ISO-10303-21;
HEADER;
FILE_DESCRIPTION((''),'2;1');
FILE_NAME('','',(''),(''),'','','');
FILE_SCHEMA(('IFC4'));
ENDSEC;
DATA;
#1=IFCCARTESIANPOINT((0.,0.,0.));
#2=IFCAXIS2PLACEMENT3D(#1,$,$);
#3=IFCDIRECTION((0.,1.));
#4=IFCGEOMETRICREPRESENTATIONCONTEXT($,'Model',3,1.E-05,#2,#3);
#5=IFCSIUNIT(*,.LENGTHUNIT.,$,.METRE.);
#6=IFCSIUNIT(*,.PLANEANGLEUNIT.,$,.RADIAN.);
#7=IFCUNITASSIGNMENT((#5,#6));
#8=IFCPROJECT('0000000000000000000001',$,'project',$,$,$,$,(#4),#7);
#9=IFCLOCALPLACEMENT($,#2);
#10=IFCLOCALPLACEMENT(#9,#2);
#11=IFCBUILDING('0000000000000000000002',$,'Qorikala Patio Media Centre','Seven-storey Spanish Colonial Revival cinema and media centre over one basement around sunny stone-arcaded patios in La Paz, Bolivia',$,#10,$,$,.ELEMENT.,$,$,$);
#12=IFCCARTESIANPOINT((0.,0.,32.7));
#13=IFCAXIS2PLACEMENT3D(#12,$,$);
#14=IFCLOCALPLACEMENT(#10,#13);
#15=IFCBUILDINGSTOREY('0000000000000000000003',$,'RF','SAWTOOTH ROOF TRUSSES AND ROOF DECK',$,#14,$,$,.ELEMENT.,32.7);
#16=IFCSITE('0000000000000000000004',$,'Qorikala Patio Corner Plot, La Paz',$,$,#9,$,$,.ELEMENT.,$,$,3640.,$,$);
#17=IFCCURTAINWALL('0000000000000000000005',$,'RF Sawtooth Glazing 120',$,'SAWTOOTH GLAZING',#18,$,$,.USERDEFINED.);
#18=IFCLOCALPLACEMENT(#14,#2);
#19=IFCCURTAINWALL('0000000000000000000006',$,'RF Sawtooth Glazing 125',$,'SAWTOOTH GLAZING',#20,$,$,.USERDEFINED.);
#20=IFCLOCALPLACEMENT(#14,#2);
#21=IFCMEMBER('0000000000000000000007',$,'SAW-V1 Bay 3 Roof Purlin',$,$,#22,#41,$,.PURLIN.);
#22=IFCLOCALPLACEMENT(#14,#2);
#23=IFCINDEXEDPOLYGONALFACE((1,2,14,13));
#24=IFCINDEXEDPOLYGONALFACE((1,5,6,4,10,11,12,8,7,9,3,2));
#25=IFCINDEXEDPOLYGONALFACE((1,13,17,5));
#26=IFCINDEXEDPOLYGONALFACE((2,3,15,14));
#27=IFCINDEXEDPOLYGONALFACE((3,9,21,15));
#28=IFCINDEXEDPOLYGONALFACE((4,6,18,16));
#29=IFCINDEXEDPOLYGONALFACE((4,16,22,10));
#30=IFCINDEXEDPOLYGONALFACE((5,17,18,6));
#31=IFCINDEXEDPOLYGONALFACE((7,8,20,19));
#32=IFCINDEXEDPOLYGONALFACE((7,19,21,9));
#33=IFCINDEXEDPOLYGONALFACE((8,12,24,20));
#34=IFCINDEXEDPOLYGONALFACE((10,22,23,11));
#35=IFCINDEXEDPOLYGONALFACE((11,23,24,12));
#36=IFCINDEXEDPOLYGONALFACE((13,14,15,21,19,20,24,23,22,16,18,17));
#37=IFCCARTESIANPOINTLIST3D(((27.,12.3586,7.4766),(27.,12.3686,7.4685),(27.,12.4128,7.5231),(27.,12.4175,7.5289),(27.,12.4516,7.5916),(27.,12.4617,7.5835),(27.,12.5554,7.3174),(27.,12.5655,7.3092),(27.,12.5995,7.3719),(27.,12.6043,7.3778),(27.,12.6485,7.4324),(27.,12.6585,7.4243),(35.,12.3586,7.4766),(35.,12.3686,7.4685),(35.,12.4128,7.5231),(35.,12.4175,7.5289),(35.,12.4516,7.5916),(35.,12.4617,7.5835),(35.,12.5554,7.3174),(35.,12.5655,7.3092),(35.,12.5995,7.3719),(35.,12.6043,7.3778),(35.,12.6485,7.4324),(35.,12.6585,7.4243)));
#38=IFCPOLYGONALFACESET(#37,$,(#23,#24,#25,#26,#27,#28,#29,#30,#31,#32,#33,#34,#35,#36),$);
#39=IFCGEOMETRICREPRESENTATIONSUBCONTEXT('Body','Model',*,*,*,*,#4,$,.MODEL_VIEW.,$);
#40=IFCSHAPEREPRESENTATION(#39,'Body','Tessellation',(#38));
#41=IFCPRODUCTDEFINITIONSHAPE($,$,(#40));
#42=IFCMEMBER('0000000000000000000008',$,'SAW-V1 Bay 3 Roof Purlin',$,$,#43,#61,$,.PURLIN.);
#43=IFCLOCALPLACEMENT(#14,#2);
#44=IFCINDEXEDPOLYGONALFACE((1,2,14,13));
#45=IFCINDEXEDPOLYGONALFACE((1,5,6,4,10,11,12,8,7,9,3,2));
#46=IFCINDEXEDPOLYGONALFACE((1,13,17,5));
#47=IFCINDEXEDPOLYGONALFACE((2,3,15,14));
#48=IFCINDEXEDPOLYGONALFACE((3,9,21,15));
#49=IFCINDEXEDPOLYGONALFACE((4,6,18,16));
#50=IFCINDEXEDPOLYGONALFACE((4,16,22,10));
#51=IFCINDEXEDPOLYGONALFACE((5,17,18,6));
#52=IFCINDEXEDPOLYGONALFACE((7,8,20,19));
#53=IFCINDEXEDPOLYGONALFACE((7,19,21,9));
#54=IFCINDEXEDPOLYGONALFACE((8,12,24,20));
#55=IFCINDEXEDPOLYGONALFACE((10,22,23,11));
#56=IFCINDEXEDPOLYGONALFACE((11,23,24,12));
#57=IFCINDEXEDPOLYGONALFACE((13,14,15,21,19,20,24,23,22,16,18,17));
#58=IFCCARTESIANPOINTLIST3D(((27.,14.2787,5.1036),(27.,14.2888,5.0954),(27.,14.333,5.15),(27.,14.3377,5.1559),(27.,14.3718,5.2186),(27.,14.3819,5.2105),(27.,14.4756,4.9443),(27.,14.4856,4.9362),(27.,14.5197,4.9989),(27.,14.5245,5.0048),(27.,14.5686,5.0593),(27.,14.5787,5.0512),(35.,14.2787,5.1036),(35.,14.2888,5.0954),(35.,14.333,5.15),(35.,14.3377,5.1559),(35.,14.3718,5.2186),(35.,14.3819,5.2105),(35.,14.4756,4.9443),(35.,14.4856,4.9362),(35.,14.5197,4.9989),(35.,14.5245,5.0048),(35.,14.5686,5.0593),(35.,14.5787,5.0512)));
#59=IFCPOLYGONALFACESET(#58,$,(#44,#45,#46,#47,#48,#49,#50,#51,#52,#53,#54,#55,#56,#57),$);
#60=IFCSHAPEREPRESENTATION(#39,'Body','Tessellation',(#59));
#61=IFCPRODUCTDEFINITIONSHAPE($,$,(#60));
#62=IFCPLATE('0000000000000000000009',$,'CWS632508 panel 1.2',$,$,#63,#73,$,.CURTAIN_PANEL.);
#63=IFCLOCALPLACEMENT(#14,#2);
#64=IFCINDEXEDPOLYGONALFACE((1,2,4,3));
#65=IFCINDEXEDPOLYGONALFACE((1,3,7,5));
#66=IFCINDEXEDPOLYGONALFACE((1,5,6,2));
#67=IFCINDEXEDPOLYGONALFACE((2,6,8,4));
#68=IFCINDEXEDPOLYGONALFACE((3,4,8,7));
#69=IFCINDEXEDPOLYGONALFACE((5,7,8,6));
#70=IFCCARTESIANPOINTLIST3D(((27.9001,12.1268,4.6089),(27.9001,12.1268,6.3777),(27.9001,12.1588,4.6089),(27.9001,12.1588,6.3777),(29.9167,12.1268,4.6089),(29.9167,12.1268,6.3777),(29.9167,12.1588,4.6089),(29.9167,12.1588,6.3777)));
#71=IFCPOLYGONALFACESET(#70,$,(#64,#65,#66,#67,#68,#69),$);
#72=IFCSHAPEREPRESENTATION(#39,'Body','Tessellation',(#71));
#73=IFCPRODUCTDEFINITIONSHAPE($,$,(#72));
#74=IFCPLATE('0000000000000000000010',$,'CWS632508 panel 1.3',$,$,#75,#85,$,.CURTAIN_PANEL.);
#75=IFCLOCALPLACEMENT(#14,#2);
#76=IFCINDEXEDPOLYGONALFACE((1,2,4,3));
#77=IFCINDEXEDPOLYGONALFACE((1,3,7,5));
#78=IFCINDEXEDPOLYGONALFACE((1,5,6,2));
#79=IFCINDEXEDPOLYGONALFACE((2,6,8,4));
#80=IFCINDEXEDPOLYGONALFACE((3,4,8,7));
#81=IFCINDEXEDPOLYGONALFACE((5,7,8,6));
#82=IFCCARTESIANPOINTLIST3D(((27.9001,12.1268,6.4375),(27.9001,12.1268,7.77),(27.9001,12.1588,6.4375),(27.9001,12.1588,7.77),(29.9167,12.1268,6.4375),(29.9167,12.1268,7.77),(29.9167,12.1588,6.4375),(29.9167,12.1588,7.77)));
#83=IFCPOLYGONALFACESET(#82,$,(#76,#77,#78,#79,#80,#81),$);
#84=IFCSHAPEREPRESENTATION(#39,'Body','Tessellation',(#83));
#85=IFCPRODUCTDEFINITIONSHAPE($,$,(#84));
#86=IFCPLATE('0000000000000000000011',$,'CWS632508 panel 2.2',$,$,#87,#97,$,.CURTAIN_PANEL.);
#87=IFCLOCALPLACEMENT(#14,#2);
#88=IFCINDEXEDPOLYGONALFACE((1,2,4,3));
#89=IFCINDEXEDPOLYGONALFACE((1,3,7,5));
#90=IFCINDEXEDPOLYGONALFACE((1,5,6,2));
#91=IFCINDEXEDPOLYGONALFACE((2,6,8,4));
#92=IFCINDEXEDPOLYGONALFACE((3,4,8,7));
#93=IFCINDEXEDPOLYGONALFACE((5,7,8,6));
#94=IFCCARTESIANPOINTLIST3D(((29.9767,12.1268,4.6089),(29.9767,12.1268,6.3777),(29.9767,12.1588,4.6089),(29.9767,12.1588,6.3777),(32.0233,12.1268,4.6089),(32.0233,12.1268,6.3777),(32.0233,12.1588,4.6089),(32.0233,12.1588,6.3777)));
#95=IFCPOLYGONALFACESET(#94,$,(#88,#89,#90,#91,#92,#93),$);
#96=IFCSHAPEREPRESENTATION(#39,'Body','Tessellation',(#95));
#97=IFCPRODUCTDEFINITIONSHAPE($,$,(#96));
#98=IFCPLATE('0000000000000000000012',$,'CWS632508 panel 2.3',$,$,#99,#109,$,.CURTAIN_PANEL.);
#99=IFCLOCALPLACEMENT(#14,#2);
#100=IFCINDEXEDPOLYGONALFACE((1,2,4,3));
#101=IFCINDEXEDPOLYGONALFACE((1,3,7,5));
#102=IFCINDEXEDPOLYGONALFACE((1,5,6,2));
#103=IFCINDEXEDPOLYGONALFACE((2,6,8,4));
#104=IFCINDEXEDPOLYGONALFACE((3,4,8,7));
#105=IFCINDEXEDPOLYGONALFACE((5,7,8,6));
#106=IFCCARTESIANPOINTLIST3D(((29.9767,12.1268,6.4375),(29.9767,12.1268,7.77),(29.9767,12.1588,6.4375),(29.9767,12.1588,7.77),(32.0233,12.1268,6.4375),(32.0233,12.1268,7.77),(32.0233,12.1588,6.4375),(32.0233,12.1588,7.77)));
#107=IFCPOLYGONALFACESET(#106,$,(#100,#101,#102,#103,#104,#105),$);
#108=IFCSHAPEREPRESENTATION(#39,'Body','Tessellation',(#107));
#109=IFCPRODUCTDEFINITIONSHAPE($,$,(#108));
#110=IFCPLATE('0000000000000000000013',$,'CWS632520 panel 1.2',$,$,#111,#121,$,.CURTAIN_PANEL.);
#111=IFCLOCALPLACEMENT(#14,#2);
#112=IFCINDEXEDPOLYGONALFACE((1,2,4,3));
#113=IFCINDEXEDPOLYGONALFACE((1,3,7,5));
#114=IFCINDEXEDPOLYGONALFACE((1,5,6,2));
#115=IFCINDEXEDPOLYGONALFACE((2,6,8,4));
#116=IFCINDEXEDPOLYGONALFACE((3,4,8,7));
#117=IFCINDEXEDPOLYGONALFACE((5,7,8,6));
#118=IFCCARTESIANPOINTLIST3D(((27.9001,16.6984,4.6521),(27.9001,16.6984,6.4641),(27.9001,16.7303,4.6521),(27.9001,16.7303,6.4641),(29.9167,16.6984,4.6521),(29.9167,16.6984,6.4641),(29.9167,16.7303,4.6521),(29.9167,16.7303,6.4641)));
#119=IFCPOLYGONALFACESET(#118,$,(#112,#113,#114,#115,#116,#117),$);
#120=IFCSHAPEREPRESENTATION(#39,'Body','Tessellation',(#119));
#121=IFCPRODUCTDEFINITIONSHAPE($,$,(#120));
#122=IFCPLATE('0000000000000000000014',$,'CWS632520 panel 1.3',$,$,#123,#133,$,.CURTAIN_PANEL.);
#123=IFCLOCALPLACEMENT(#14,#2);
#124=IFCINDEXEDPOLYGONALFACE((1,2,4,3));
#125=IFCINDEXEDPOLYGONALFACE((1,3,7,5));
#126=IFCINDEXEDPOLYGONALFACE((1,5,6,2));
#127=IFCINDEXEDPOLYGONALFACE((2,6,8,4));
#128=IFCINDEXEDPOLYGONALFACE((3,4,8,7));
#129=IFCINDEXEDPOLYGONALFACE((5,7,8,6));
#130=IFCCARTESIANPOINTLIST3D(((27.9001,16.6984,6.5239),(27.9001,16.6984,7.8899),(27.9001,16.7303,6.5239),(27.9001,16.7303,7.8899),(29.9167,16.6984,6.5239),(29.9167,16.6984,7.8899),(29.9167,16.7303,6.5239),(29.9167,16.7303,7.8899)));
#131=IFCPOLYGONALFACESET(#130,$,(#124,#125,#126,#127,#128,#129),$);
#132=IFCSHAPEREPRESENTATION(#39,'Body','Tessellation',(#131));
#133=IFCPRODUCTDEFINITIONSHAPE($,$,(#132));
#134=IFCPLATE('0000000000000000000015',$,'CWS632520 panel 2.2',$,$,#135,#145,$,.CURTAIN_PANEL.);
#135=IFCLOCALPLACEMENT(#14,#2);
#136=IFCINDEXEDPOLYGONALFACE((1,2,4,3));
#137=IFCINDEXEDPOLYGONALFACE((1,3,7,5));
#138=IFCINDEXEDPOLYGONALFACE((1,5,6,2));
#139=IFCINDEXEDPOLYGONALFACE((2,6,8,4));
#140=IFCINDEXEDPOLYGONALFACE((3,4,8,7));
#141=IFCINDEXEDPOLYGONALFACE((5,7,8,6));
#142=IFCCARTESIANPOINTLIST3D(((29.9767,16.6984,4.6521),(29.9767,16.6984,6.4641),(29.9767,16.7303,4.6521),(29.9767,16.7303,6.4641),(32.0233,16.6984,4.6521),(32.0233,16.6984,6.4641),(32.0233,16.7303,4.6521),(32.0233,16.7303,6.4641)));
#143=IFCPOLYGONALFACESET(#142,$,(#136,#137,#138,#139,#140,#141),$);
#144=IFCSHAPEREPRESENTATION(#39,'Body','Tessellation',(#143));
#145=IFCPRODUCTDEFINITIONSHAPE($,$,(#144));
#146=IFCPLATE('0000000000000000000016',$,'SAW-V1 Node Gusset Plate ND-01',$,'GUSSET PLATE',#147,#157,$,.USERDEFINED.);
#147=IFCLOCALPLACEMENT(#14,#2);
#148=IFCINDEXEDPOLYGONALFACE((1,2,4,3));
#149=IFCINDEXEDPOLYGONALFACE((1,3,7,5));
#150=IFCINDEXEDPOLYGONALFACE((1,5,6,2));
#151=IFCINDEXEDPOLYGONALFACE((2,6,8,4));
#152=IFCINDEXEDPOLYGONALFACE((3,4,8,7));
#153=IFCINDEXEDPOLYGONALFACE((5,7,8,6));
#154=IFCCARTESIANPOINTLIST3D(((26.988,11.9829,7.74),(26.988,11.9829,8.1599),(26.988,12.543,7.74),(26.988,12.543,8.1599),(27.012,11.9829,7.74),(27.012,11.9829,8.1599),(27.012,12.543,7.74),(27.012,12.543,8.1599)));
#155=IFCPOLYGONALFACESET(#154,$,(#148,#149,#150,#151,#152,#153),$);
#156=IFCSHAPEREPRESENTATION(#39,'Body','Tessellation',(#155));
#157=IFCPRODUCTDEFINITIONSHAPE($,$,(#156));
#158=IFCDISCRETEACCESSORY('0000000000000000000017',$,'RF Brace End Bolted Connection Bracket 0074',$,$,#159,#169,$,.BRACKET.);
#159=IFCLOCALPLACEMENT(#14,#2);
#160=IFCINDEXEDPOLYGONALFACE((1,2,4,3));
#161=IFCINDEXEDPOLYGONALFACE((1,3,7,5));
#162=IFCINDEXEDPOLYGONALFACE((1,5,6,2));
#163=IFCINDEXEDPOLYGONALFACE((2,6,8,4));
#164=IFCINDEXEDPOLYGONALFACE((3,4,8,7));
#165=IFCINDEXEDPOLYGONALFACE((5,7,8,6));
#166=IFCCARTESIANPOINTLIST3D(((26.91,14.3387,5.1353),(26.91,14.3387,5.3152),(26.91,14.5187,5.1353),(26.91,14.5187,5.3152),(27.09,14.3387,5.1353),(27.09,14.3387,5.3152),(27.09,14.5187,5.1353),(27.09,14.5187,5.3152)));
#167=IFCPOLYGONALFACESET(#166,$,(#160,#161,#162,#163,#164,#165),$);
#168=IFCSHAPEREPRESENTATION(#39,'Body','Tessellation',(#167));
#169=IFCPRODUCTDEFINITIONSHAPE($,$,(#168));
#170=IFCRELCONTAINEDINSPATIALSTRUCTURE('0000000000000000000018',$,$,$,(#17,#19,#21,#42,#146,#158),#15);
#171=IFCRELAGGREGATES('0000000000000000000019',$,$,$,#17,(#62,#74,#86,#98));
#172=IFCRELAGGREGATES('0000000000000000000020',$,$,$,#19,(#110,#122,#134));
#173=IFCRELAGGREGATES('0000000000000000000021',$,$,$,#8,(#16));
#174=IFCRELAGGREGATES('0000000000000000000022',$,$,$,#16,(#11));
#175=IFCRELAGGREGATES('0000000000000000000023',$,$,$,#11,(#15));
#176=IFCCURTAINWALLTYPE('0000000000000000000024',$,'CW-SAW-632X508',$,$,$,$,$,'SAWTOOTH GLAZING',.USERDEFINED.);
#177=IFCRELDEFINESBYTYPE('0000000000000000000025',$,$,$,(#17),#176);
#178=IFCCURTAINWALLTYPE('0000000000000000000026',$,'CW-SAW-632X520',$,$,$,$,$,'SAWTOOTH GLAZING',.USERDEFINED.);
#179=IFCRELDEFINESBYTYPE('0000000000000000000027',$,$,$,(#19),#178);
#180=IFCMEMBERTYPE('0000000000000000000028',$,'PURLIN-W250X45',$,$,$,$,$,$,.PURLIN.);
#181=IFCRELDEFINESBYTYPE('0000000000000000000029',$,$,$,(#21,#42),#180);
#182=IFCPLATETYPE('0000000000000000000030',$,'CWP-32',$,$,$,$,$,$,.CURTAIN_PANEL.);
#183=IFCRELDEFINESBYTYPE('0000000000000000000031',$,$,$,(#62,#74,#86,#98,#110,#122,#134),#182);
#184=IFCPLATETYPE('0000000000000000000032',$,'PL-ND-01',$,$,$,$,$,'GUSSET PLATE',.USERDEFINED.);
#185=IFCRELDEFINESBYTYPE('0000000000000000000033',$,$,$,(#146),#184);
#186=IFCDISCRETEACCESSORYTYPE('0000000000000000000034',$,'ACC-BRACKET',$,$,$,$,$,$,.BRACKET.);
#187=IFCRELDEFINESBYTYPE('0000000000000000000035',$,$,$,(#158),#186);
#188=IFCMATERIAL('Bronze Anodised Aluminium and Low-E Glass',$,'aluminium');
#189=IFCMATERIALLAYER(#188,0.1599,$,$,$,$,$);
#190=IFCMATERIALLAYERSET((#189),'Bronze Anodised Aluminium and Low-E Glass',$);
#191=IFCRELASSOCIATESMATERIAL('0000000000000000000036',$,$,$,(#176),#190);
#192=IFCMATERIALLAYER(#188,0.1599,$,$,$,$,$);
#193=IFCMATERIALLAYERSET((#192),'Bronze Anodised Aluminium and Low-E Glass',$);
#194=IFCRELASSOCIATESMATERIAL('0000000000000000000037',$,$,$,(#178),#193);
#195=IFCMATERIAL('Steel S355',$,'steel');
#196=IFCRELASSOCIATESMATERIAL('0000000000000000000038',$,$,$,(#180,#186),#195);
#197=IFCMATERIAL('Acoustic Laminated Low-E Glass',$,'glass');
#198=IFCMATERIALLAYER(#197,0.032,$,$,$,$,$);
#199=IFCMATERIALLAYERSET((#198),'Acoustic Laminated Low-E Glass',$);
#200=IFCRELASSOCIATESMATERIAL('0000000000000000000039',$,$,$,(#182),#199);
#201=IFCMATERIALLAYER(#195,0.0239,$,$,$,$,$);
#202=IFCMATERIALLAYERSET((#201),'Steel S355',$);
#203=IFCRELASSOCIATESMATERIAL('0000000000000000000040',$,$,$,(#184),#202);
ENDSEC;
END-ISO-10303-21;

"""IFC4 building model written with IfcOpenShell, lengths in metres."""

from ifc_helpers import new_model, si_unit, direction, frame, origin, origin_2d, place, context, subcontext, project, spatial, rectangle, i_section, extrude, material, layer, layer_set, material_profile, profile_set, type_object, element, aggregate, save


model = new_model("IFC4")

# Units and contexts
model_context = context("Model", 3, precision=1e-05, world=origin(), true_north=direction((0.0, 1.0)))
body_context = subcontext(model_context, "Body", "Model", "MODEL_VIEW")
ifc_project = project(units=[si_unit("LENGTHUNIT", "METRE"), si_unit("PLANEANGLEUNIT", "RADIAN")], contexts=[model_context])

# Site, building, storey
site_placement = place(None, origin())
site = spatial("IfcSite", under=ifc_project, at=site_placement, Name="Qorikala Patio Corner Plot, La Paz", CompositionType="ELEMENT", RefElevation=3640.0)
building_placement = place(site_placement, origin())
building = spatial("IfcBuilding", under=site, at=building_placement, Name="Qorikala Patio Media Centre", Description="Seven-storey Spanish Colonial Revival cinema and media centre over one basement around sunny stone-arcaded patios in La Paz, Bolivia", CompositionType="ELEMENT")
storey_placement = place(building_placement, frame((0.0, 0.0, 32.7)))
storey = spatial("IfcBuildingStorey", under=building, at=storey_placement, Name="RF", Description="SAWTOOTH ROOF TRUSSES AND ROOF DECK", CompositionType="ELEMENT", Elevation=32.7)

# Shared definitions
ifc_material_1 = material(Name="Steel S355", Category="steel")

# Curtain walls
ifc_material_2 = material(Name="Bronze Anodised Aluminium and Low-E Glass", Category="aluminium")
ifc_layer_1 = layer(ifc_material_2, 0.1599)
ifc_layer_set_1 = layer_set([ifc_layer_1], Name="Bronze Anodised Aluminium and Low-E Glass")
curtain_wall_type_1 = type_object("IfcCurtainWallType", Name="CW-SAW-632X508", ElementType="SAWTOOTH GLAZING", PredefinedType="USERDEFINED", material=ifc_layer_set_1)
curtain_wall_1_placement = place(storey_placement, origin())
curtain_wall_1 = element("IfcCurtainWall", 1, at=curtain_wall_1_placement, inside=storey, type_object=curtain_wall_type_1, Name="RF Sawtooth Glazing 120", ObjectType="SAWTOOTH GLAZING", PredefinedType="USERDEFINED")
ifc_layer_2 = layer(ifc_material_2, 0.1599)
ifc_layer_set_2 = layer_set([ifc_layer_2], Name="Bronze Anodised Aluminium and Low-E Glass")
curtain_wall_type_2 = type_object("IfcCurtainWallType", Name="CW-SAW-632X520", ElementType="SAWTOOTH GLAZING", PredefinedType="USERDEFINED", material=ifc_layer_set_2)
curtain_wall_2_placement = place(storey_placement, origin())
curtain_wall_2 = element("IfcCurtainWall", 2, at=curtain_wall_2_placement, inside=storey, type_object=curtain_wall_type_2, Name="RF Sawtooth Glazing 125", ObjectType="SAWTOOTH GLAZING", PredefinedType="USERDEFINED")

# Members
ifc_material_profile_1 = material_profile(ifc_material_1, i_section(OverallWidth=0.1479, OverallDepth=0.2661, WebThickness=0.0076, FlangeThickness=0.0129, at=origin_2d()), Name="W250X45")
ifc_profile_set_1 = profile_set([ifc_material_profile_1], Name="Steel S355")
member_type_1 = type_object("IfcMemberType", Name="PURLIN-W250X45", PredefinedType="PURLIN", material=ifc_profile_set_1)
for number, where, z_axis, x_axis, name in (
    (3, (27.0, 12.5085, 7.4504), (1.0, 0.0, 0.0), (0.0, 0.628995, 0.77741), "SAW-V1 Bay 3 Roof Purlin"),
    (4, (27.0, 14.4287, 5.0774), (1.0, 0.0, 0.0), (0.0, 0.628995, 0.77741), "SAW-V1 Bay 3 Roof Purlin"),
):
    element("IfcMember", number, at=place(storey_placement, frame(where, z_axis=z_axis, x_axis=x_axis)), inside=storey, type_object=member_type_1, Name=name, PredefinedType="PURLIN", context=body_context, shape_type="SweptSolid", body=[
        extrude(i_section(OverallWidth=0.1479, OverallDepth=0.2661, WebThickness=0.0076, FlangeThickness=0.0129, at=origin_2d()), origin(), (0.0, 0.0, 1.0), 8.0),
    ])

# Plates
ifc_material_3 = material(Name="Acoustic Laminated Low-E Glass", Category="glass")
ifc_layer_3 = layer(ifc_material_3, 0.032)
ifc_layer_set_3 = layer_set([ifc_layer_3], Name="Acoustic Laminated Low-E Glass")
plate_type_1 = type_object("IfcPlateType", Name="CWP-32", PredefinedType="CURTAIN_PANEL", material=ifc_layer_set_3)
plate_1_placement = place(storey_placement, frame((28.9084, 12.1428, 4.6089), z_axis=(0.0, 0.0, 1.0), x_axis=(1.0, 0.0, 0.0)))
plate_1 = element("IfcPlate", 5, at=plate_1_placement, type_object=plate_type_1, Name="CWS632508 panel 1.2", PredefinedType="CURTAIN_PANEL", context=body_context, shape_type="SweptSolid", body=[
    extrude(rectangle(XDim=2.0166, YDim=0.032, at=origin_2d()), origin(), (0.0, 0.0, 1.0), 1.7688),
])
plate_2_placement = place(storey_placement, frame((28.9084, 12.1428, 6.4375), z_axis=(0.0, 0.0, 1.0), x_axis=(1.0, 0.0, 0.0)))
plate_2 = element("IfcPlate", 6, at=plate_2_placement, type_object=plate_type_1, Name="CWS632508 panel 1.3", PredefinedType="CURTAIN_PANEL", context=body_context, shape_type="SweptSolid", body=[
    extrude(rectangle(XDim=2.0166, YDim=0.032, at=origin_2d()), origin(), (0.0, 0.0, 1.0), 1.3325),
])
plate_3_placement = place(storey_placement, frame((31.0, 12.1428, 4.6089), z_axis=(0.0, 0.0, 1.0), x_axis=(1.0, 0.0, 0.0)))
plate_3 = element("IfcPlate", 7, at=plate_3_placement, type_object=plate_type_1, Name="CWS632508 panel 2.2", PredefinedType="CURTAIN_PANEL", context=body_context, shape_type="SweptSolid", body=[
    extrude(rectangle(XDim=2.0466, YDim=0.032, at=origin_2d()), origin(), (0.0, 0.0, 1.0), 1.7688),
])
plate_4_placement = place(storey_placement, frame((31.0, 12.1428, 6.4375), z_axis=(0.0, 0.0, 1.0), x_axis=(1.0, 0.0, 0.0)))
plate_4 = element("IfcPlate", 8, at=plate_4_placement, type_object=plate_type_1, Name="CWS632508 panel 2.3", PredefinedType="CURTAIN_PANEL", context=body_context, shape_type="SweptSolid", body=[
    extrude(rectangle(XDim=2.0466, YDim=0.032, at=origin_2d()), origin(), (0.0, 0.0, 1.0), 1.3325),
])
aggregate(curtain_wall_1, [plate_1, plate_2, plate_3, plate_4])
plate_5_placement = place(storey_placement, frame((28.9084, 16.7144, 4.6521), z_axis=(0.0, 0.0, 1.0), x_axis=(1.0, 0.0, 0.0)))
plate_5 = element("IfcPlate", 9, at=plate_5_placement, type_object=plate_type_1, Name="CWS632520 panel 1.2", PredefinedType="CURTAIN_PANEL", context=body_context, shape_type="SweptSolid", body=[
    extrude(rectangle(XDim=2.0166, YDim=0.032, at=origin_2d()), origin(), (0.0, 0.0, 1.0), 1.812),
])
plate_6_placement = place(storey_placement, frame((28.9084, 16.7144, 6.5239), z_axis=(0.0, 0.0, 1.0), x_axis=(1.0, 0.0, 0.0)))
plate_6 = element("IfcPlate", 10, at=plate_6_placement, type_object=plate_type_1, Name="CWS632520 panel 1.3", PredefinedType="CURTAIN_PANEL", context=body_context, shape_type="SweptSolid", body=[
    extrude(rectangle(XDim=2.0166, YDim=0.032, at=origin_2d()), origin(), (0.0, 0.0, 1.0), 1.366),
])
plate_7_placement = place(storey_placement, frame((31.0, 16.7144, 4.6521), z_axis=(0.0, 0.0, 1.0), x_axis=(1.0, 0.0, 0.0)))
plate_7 = element("IfcPlate", 11, at=plate_7_placement, type_object=plate_type_1, Name="CWS632520 panel 2.2", PredefinedType="CURTAIN_PANEL", context=body_context, shape_type="SweptSolid", body=[
    extrude(rectangle(XDim=2.0466, YDim=0.032, at=origin_2d()), origin(), (0.0, 0.0, 1.0), 1.812),
])
aggregate(curtain_wall_2, [plate_5, plate_6, plate_7])
ifc_layer_4 = layer(ifc_material_1, 0.0239)
ifc_layer_set_4 = layer_set([ifc_layer_4], Name="Steel S355")
plate_type_2 = type_object("IfcPlateType", Name="PL-ND-01", ElementType="GUSSET PLATE", PredefinedType="USERDEFINED", material=ifc_layer_set_4)
plate_8_placement = place(storey_placement, frame((27.0, 12.2629, 7.74), z_axis=(0.0, 0.0, 1.0), x_axis=(1.0, 0.0, 0.0)))
element("IfcPlate", 12, at=plate_8_placement, inside=storey, type_object=plate_type_2, Name="SAW-V1 Node Gusset Plate ND-01", ObjectType="GUSSET PLATE", PredefinedType="USERDEFINED", context=body_context, shape_type="SweptSolid", body=[
    extrude(rectangle(XDim=0.0239, YDim=0.5601, at=origin_2d()), origin(), (0.0, 0.0, 1.0), 0.4199),
])

# Discrete accessory
discrete_accessory_type = type_object("IfcDiscreteAccessoryType", Name="ACC-BRACKET", PredefinedType="BRACKET", material=ifc_material_1)
discrete_accessory_placement = place(storey_placement, frame((27.0, 14.4287, 5.1353), z_axis=(0.0, 0.0, 1.0), x_axis=(1.0, 0.0, 0.0)))
element("IfcDiscreteAccessory", 13, at=discrete_accessory_placement, inside=storey, type_object=discrete_accessory_type, Name="RF Brace End Bolted Connection Bracket 0074", PredefinedType="BRACKET", context=body_context, shape_type="SweptSolid", body=[
    extrude(rectangle(XDim=0.1799, YDim=0.1799, at=origin_2d()), origin(), (0.0, 0.0, 1.0), 0.1799),
])

save(model, "model.ifc")
